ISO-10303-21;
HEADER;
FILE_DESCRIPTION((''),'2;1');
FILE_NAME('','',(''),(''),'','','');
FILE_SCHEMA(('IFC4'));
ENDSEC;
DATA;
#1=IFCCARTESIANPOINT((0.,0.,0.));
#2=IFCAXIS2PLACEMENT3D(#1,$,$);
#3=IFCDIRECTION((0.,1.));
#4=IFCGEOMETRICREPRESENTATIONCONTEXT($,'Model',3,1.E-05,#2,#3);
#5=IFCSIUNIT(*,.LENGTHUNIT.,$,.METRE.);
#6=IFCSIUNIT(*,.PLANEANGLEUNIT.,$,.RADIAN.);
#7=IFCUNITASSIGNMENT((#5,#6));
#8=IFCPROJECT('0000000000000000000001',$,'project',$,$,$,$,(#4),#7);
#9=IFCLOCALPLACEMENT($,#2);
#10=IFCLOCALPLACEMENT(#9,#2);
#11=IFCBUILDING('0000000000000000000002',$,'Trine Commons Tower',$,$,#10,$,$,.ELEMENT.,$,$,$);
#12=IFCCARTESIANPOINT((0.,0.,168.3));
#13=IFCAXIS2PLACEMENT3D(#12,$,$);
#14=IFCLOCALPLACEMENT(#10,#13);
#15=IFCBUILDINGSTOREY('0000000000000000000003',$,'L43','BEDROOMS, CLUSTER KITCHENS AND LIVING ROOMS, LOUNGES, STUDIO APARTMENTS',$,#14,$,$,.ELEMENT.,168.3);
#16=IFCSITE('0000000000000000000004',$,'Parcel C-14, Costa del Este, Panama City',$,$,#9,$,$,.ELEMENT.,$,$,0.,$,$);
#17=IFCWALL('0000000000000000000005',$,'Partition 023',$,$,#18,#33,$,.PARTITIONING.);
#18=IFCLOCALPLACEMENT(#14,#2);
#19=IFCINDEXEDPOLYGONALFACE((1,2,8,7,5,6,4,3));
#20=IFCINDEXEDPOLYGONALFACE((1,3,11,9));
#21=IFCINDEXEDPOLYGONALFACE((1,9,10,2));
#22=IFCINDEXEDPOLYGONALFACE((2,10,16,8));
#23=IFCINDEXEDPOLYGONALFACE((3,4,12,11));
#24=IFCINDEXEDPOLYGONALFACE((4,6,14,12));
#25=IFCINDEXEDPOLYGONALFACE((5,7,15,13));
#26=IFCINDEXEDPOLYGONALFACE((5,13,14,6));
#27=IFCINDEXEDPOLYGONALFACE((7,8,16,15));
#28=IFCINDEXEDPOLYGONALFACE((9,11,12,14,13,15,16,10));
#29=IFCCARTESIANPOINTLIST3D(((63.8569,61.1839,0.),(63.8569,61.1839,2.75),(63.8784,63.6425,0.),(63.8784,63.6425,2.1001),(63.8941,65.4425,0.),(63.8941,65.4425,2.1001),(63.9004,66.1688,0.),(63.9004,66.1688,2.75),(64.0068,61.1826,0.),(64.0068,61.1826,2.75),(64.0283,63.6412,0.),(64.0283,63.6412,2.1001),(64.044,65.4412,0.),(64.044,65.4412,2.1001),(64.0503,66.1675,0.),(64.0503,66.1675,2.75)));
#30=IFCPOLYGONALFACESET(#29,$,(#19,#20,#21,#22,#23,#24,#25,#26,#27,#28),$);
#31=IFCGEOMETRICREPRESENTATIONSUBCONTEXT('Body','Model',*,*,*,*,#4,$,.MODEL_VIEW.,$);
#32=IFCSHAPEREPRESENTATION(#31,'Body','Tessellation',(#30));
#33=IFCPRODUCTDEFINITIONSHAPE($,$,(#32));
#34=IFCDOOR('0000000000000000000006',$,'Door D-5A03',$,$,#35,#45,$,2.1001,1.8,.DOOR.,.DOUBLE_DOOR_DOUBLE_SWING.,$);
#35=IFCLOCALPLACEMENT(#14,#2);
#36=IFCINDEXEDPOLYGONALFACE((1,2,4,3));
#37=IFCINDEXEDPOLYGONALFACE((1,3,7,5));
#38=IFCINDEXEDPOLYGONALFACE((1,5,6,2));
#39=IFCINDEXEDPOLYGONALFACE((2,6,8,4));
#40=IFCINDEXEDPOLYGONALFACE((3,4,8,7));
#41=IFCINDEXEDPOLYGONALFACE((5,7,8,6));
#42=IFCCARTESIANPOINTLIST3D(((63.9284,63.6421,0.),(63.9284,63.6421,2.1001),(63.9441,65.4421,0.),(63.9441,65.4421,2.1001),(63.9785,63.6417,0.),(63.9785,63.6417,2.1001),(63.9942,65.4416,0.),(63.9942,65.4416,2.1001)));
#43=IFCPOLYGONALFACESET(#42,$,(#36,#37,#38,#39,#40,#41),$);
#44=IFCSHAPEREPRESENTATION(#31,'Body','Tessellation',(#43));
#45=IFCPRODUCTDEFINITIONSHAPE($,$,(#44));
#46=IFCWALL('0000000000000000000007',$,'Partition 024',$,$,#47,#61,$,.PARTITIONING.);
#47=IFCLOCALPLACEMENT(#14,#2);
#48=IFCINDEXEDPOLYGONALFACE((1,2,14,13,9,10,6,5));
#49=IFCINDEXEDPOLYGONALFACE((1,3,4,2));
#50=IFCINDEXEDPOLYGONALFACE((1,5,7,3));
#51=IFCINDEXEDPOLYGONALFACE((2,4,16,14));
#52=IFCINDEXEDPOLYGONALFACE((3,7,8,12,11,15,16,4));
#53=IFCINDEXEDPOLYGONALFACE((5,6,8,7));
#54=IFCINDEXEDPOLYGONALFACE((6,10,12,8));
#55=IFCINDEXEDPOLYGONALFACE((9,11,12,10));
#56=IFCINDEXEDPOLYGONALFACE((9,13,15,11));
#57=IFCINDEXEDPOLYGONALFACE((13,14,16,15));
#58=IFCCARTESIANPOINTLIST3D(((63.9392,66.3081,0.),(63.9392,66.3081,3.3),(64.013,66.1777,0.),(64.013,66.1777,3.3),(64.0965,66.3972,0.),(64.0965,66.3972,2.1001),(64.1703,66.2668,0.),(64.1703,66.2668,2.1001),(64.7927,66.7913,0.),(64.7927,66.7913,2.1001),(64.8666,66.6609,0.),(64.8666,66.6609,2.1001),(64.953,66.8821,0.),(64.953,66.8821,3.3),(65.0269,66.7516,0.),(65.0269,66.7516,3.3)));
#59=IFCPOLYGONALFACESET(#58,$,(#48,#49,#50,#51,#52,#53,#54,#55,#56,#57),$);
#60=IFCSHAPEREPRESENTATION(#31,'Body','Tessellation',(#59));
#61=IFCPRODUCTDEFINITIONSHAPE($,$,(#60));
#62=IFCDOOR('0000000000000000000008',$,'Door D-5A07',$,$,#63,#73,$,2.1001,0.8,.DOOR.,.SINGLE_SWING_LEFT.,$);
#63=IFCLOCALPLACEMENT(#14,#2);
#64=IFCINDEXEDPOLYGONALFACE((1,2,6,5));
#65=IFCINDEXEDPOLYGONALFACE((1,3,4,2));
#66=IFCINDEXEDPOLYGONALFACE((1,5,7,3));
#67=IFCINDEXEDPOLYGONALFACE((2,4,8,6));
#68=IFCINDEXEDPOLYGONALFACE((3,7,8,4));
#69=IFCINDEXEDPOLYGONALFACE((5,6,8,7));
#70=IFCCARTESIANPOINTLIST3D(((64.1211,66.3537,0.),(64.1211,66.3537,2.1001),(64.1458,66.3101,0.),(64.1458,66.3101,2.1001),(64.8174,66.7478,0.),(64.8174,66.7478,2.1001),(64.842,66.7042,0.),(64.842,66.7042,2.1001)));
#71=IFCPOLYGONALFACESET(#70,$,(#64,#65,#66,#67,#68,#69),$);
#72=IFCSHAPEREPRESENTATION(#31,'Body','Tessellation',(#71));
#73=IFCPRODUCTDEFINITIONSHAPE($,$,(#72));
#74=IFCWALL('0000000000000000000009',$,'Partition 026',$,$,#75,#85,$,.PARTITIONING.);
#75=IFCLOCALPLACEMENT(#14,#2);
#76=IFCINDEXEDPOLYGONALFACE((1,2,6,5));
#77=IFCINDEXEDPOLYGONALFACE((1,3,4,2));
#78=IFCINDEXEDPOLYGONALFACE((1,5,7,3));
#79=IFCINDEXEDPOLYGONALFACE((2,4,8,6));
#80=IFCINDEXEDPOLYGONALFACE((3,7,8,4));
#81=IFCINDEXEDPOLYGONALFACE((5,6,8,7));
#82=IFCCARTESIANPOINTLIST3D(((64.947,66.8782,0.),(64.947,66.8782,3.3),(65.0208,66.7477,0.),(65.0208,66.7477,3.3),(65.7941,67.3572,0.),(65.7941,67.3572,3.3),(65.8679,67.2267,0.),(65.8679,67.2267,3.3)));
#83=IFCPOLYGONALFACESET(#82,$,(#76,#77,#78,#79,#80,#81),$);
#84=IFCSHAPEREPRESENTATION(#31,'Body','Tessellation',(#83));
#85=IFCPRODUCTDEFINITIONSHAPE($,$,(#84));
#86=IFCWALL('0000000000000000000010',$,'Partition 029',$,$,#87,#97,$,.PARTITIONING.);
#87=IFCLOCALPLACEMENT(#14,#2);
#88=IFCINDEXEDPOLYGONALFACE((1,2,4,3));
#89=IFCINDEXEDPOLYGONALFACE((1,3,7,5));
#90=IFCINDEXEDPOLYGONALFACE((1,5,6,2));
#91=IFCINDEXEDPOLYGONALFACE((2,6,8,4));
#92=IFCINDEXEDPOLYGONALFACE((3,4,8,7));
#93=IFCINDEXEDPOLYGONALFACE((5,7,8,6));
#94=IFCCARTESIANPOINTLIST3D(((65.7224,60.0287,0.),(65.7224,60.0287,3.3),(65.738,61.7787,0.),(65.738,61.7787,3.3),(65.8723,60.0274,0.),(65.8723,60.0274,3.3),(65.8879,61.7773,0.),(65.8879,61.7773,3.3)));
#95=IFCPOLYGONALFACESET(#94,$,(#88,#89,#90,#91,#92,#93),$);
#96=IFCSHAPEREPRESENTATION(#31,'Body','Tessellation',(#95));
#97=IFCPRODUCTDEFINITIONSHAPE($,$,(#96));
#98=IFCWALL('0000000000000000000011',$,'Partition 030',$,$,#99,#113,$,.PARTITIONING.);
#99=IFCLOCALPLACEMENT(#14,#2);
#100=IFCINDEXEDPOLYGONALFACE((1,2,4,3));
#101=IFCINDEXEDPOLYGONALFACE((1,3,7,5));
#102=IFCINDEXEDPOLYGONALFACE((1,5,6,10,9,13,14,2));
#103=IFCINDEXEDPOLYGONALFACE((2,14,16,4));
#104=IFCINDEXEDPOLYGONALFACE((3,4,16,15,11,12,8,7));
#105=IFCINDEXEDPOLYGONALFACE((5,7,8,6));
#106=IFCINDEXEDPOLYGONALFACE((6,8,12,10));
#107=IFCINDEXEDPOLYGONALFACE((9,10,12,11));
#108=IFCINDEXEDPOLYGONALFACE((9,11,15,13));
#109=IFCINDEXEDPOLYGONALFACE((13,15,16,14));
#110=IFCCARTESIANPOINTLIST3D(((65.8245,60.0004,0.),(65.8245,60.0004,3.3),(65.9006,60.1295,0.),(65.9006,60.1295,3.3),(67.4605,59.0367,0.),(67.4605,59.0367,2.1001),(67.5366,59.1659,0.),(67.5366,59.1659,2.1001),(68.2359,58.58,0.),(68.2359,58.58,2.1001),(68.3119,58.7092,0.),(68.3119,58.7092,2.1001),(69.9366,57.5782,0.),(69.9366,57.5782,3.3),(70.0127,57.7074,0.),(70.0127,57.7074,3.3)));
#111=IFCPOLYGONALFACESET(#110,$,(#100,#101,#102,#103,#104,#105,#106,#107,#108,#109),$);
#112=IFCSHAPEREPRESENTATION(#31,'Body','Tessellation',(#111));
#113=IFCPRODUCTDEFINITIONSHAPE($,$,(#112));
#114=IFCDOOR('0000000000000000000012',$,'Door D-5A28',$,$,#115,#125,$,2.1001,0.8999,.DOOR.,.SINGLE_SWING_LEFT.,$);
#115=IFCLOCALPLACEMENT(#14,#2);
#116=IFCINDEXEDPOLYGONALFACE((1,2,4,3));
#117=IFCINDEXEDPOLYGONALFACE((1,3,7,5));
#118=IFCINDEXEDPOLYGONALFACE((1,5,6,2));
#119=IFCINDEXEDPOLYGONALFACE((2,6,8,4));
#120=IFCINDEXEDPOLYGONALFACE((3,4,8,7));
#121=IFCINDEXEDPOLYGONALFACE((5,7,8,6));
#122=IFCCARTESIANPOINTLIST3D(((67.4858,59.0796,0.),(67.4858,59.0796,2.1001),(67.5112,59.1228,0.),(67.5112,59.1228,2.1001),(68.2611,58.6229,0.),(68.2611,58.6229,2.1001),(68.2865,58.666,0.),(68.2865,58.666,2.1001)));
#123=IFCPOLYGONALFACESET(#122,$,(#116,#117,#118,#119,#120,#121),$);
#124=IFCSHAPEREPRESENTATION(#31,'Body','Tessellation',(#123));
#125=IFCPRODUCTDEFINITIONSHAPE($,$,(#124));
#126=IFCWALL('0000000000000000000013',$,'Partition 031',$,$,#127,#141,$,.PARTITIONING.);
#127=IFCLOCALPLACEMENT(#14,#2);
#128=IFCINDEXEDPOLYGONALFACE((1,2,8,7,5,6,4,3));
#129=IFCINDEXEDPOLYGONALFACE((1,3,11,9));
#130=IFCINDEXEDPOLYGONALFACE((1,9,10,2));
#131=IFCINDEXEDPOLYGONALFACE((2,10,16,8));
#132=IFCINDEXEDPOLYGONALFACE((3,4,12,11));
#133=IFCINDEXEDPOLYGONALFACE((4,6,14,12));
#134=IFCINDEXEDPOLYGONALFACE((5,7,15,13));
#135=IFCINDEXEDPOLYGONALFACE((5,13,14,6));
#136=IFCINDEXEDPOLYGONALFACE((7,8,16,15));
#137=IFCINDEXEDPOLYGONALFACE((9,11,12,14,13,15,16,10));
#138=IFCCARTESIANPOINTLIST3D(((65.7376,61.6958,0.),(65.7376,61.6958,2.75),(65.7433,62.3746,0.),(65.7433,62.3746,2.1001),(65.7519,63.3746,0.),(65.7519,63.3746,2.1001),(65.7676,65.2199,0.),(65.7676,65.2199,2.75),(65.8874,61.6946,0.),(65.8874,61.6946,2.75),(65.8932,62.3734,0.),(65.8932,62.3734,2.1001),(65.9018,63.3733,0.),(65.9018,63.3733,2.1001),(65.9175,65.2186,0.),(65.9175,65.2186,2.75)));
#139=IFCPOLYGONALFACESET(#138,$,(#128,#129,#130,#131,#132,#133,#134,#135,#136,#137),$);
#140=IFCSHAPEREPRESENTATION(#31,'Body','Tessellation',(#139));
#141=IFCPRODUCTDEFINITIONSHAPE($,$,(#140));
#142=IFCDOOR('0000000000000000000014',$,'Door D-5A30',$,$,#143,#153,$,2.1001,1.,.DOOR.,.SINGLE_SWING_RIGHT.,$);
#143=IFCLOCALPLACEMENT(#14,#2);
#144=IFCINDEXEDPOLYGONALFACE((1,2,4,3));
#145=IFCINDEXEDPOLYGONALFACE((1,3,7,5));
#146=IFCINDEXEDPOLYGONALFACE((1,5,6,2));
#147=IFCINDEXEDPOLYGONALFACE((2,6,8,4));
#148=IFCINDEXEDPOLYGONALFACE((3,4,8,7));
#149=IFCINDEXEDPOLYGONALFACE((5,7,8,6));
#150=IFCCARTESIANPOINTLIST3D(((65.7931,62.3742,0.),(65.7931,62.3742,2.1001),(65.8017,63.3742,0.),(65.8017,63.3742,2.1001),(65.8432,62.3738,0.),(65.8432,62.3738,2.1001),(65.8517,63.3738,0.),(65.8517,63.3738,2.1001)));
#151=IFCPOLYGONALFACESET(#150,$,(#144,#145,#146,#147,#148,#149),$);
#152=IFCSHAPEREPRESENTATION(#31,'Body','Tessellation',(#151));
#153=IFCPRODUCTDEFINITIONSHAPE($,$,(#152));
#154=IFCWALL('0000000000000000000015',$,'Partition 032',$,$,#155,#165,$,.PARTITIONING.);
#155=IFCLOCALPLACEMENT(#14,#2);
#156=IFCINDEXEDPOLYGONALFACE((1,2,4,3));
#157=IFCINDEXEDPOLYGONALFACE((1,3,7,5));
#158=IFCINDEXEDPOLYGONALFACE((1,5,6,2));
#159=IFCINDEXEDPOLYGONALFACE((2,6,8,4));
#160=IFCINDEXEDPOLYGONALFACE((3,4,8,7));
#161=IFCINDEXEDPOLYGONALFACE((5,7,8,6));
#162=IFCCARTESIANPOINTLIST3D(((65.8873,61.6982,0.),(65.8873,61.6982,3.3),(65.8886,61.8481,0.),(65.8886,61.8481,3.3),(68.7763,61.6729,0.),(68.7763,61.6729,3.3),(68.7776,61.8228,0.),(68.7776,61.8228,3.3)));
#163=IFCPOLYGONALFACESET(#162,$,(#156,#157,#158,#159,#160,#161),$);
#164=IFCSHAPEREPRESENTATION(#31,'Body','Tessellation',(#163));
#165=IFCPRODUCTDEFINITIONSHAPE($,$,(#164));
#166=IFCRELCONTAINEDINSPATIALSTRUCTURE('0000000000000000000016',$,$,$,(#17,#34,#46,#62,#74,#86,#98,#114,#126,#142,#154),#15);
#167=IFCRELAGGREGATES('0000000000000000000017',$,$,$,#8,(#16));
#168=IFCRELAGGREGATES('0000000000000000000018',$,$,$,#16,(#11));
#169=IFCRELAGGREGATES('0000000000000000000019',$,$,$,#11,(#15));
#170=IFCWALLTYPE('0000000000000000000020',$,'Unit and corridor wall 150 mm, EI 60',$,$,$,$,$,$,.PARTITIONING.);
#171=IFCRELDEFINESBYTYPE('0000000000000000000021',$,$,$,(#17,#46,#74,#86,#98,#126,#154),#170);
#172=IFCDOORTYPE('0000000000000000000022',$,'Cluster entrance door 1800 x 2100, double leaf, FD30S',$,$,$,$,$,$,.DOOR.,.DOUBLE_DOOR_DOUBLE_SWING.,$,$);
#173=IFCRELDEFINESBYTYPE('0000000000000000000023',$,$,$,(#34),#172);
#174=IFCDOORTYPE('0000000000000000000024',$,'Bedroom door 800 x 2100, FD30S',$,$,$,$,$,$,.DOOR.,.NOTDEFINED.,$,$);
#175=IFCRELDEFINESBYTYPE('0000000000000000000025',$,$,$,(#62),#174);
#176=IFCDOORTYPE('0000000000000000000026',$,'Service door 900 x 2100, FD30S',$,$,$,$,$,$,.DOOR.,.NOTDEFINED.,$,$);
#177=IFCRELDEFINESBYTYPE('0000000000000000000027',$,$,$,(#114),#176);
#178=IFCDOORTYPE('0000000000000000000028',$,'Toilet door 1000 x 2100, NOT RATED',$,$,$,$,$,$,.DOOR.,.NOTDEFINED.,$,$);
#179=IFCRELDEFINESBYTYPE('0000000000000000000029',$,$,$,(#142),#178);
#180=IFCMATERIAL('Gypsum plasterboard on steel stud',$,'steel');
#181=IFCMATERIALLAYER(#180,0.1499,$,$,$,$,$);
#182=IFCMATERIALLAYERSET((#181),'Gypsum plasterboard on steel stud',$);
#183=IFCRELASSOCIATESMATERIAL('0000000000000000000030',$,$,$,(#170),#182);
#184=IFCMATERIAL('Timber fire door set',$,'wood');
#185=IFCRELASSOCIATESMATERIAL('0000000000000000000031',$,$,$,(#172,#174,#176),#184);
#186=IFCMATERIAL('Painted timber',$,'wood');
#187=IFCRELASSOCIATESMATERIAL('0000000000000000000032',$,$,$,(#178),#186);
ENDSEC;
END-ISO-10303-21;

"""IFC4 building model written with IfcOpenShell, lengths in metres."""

from ifc_helpers import new_model, si_unit, direction, frame, frame_2d, origin, place, context, subcontext, project, spatial, rectangle, extrude, material, layer, layer_set, type_object, element, fill, save


model = new_model("IFC4")

# Units and contexts
model_context = context("Model", 3, precision=1e-05, world=origin(), true_north=direction((0.0, 1.0)))
body_context = subcontext(model_context, "Body", "Model", "MODEL_VIEW")
ifc_project = project(units=[si_unit("LENGTHUNIT", "METRE"), si_unit("PLANEANGLEUNIT", "RADIAN")], contexts=[model_context])

# Site, building, storey
site_placement = place(None, origin())
site = spatial("IfcSite", under=ifc_project, at=site_placement, Name="Parcel C-14, Costa del Este, Panama City", CompositionType="ELEMENT", RefElevation=0.0)
building_placement = place(site_placement, origin())
building = spatial("IfcBuilding", under=site, at=building_placement, Name="Trine Commons Tower", CompositionType="ELEMENT")
storey_placement = place(building_placement, frame((0.0, 0.0, 168.3)))
storey = spatial("IfcBuildingStorey", under=building, at=storey_placement, Name="L43", Description="BEDROOMS, CLUSTER KITCHENS AND LIVING ROOMS, LOUNGES, STUDIO APARTMENTS", CompositionType="ELEMENT", Elevation=168.3)

# Shared definitions
ifc_material_1 = material(Name="Gypsum plasterboard on steel stud", Category="steel")
ifc_layer_1 = layer(ifc_material_1, 0.1499)
ifc_layer_set_1 = layer_set([ifc_layer_1], Name="Gypsum plasterboard on steel stud")
wall_type_1 = type_object("IfcWallType", Name="Unit and corridor wall 150 mm, EI 60", PredefinedType="PARTITIONING", material=ifc_layer_set_1)

# Walls, openings, doors
wall_1_placement = place(storey_placement, frame((63.9319, 61.1831, 0.0), z_axis=(0.0, 0.0, 1.0), x_axis=(0.008717, 0.999962, 0.0)))
wall_1 = element("IfcWall", 1, at=wall_1_placement, inside=storey, type_object=wall_type_1, Name="Partition 023", PredefinedType="PARTITIONING", context=body_context, shape_type="SweptSolid", body=[
    extrude(rectangle(XDim=4.9851, YDim=0.1499, at=frame_2d((2.4927, 0.0))), origin(), (0.0, 0.0, 1.0), 2.75),
])
opening_1_placement = place(wall_1_placement, frame((2.459, 0.0, 0.0)))
opening_1 = element("IfcOpeningElement", 2, at=opening_1_placement, cuts=wall_1, PredefinedType="OPENING", context=body_context, shape_type="SweptSolid", body=[
    extrude(rectangle(XDim=1.8, YDim=2.1001, at=frame_2d((0.8999, 1.05))), frame((0.0, 0.085, 0.0), z_axis=(0.0, -1.0, 0.0), x_axis=(1.0, 0.0, 0.0)), (0.0, 0.0, 1.0), 0.1699),
])
ifc_material_2 = material(Name="Timber fire door set", Category="wood")
door_type_1 = type_object("IfcDoorType", Name="Cluster entrance door 1800 x 2100, double leaf, FD30S", OperationType="DOUBLE_DOOR_DOUBLE_SWING", PredefinedType="DOOR", material=ifc_material_2)
door_1_placement = place(opening_1_placement, origin())
door_1 = element("IfcDoor", 3, at=door_1_placement, inside=storey, type_object=door_type_1, Name="Door D-5A03", OperationType="DOUBLE_DOOR_DOUBLE_SWING", OverallHeight=2.1001, OverallWidth=1.8, PredefinedType="DOOR", context=body_context, shape_type="SweptSolid", body=[
    extrude(rectangle(XDim=1.8, YDim=2.1001, at=frame_2d((0.8999, 1.05))), frame((0.0, 0.0249, 0.0), z_axis=(0.0, -1.0, 0.0), x_axis=(1.0, 0.0, 0.0)), (0.0, 0.0, 1.0), 0.05),
])
fill(opening_1, door_1)
wall_2_placement = place(storey_placement, frame((63.9761, 66.2429, 0.0), z_axis=(0.0, 0.0, 1.0), x_axis=(0.870235, 0.492637, 0.0)))
wall_2 = element("IfcWall", 4, at=wall_2_placement, inside=storey, type_object=wall_type_1, Name="Partition 024", PredefinedType="PARTITIONING", context=body_context, shape_type="SweptSolid", body=[
    extrude(rectangle(XDim=1.165, YDim=0.1499, at=frame_2d((0.5825, 0.0))), origin(), (0.0, 0.0, 1.0), 3.3),
])
opening_2_placement = place(wall_2_placement, frame((0.1809, 0.0, 0.0)))
opening_2 = element("IfcOpeningElement", 5, at=opening_2_placement, cuts=wall_2, PredefinedType="OPENING", context=body_context, shape_type="SweptSolid", body=[
    extrude(rectangle(XDim=0.8, YDim=2.1001, at=frame_2d((0.3999, 1.05))), frame((0.0, 0.085, 0.0), z_axis=(0.0, -1.0, 0.0), x_axis=(1.0, 0.0, 0.0)), (0.0, 0.0, 1.0), 0.1699),
])
door_type_2 = type_object("IfcDoorType", Name="Bedroom door 800 x 2100, FD30S", OperationType="NOTDEFINED", PredefinedType="DOOR", material=ifc_material_2)
door_2_placement = place(opening_2_placement, origin())
door_2 = element("IfcDoor", 6, at=door_2_placement, inside=storey, type_object=door_type_2, Name="Door D-5A07", OperationType="SINGLE_SWING_LEFT", OverallHeight=2.1001, OverallWidth=0.8, PredefinedType="DOOR", context=body_context, shape_type="SweptSolid", body=[
    extrude(rectangle(XDim=0.8, YDim=2.1001, at=frame_2d((0.3999, 1.05))), frame((0.0, 0.0249, 0.0), z_axis=(0.0, -1.0, 0.0), x_axis=(1.0, 0.0, 0.0)), (0.0, 0.0, 1.0), 0.05),
])
fill(opening_2, door_2)

# Walls
wall_3_placement = place(storey_placement, frame((64.9839, 66.813, 0.0), z_axis=(0.0, 0.0, 1.0), x_axis=(0.870488, 0.49219, 0.0)))
element("IfcWall", 7, at=wall_3_placement, inside=storey, type_object=wall_type_1, Name="Partition 026", PredefinedType="PARTITIONING", context=body_context, shape_type="SweptSolid", body=[
    extrude(rectangle(XDim=0.9731, YDim=0.1499, at=frame_2d((0.4866, 0.0))), origin(), (0.0, 0.0, 1.0), 3.3),
])
wall_4_placement = place(storey_placement, frame((65.7974, 60.0281, 0.0), z_axis=(0.0, 0.0, 1.0), x_axis=(0.008928, 0.99996, 0.0)))
element("IfcWall", 8, at=wall_4_placement, inside=storey, type_object=wall_type_1, Name="Partition 029", PredefinedType="PARTITIONING", context=body_context, shape_type="SweptSolid", body=[
    extrude(rectangle(XDim=1.75, YDim=0.1499, at=frame_2d((0.875, 0.0))), origin(), (0.0, 0.0, 1.0), 3.3),
])

# Walls, openings, doors
wall_5_placement = place(storey_placement, frame((65.8625, 60.0649, 0.0), z_axis=(0.0, 0.0, 1.0), x_axis=(0.861636, -0.507528, 0.0)))
wall_5 = element("IfcWall", 9, at=wall_5_placement, inside=storey, type_object=wall_type_1, Name="Partition 030", PredefinedType="PARTITIONING", context=body_context, shape_type="SweptSolid", body=[
    extrude(rectangle(XDim=4.7725, YDim=0.1499, at=frame_2d((2.3862, 0.0))), origin(), (0.0, 0.0, 1.0), 3.3),
])
opening_3_placement = place(wall_5_placement, frame((1.8987, 0.0, 0.0)))
opening_3 = element("IfcOpeningElement", 10, at=opening_3_placement, cuts=wall_5, PredefinedType="OPENING", context=body_context, shape_type="SweptSolid", body=[
    extrude(rectangle(XDim=0.8999, YDim=2.1001, at=frame_2d((0.45, 1.05))), frame((0.0, 0.085, 0.0), z_axis=(0.0, -1.0, 0.0), x_axis=(1.0, 0.0, 0.0)), (0.0, 0.0, 1.0), 0.1699),
])
door_type_3 = type_object("IfcDoorType", Name="Service door 900 x 2100, FD30S", OperationType="NOTDEFINED", PredefinedType="DOOR", material=ifc_material_2)
door_3_placement = place(opening_3_placement, origin())
door_3 = element("IfcDoor", 11, at=door_3_placement, inside=storey, type_object=door_type_3, Name="Door D-5A28", OperationType="SINGLE_SWING_LEFT", OverallHeight=2.1001, OverallWidth=0.8999, PredefinedType="DOOR", context=body_context, shape_type="SweptSolid", body=[
    extrude(rectangle(XDim=0.8999, YDim=2.1001, at=frame_2d((0.45, 1.05))), frame((0.0, 0.0249, 0.0), z_axis=(0.0, -1.0, 0.0), x_axis=(1.0, 0.0, 0.0)), (0.0, 0.0, 1.0), 0.05),
])
fill(opening_3, door_3)
wall_6_placement = place(storey_placement, frame((65.8125, 61.6951, 0.0), z_axis=(0.0, 0.0, 1.0), x_axis=(0.008521, 0.999964, 0.0)))
wall_6 = element("IfcWall", 12, at=wall_6_placement, inside=storey, type_object=wall_type_1, Name="Partition 031", PredefinedType="PARTITIONING", context=body_context, shape_type="SweptSolid", body=[
    extrude(rectangle(XDim=3.5242, YDim=0.1499, at=frame_2d((1.7622, 0.0))), origin(), (0.0, 0.0, 1.0), 2.75),
])
opening_4_placement = place(wall_6_placement, frame((0.679, 0.0, 0.0)))
opening_4 = element("IfcOpeningElement", 13, at=opening_4_placement, cuts=wall_6, PredefinedType="OPENING", context=body_context, shape_type="SweptSolid", body=[
    extrude(rectangle(XDim=1.0, YDim=2.1001, at=frame_2d((0.5, 1.05))), frame((0.0, 0.085, 0.0), z_axis=(0.0, -1.0, 0.0), x_axis=(1.0, 0.0, 0.0)), (0.0, 0.0, 1.0), 0.1699),
])
ifc_material_3 = material(Name="Painted timber", Category="wood")
door_type_4 = type_object("IfcDoorType", Name="Toilet door 1000 x 2100, NOT RATED", OperationType="NOTDEFINED", PredefinedType="DOOR", material=ifc_material_3)
door_4_placement = place(opening_4_placement, frame((1.0, 0.0, 0.0), z_axis=(0.0, 0.0, 1.0), x_axis=(-1.0, 0.0, 0.0)))
door_4 = element("IfcDoor", 14, at=door_4_placement, inside=storey, type_object=door_type_4, Name="Door D-5A30", OperationType="SINGLE_SWING_RIGHT", OverallHeight=2.1001, OverallWidth=1.0, PredefinedType="DOOR", context=body_context, shape_type="SweptSolid", body=[
    extrude(rectangle(XDim=1.0, YDim=2.1001, at=frame_2d((0.5, 1.05))), frame((0.0, 0.0249, 0.0), z_axis=(0.0, -1.0, 0.0), x_axis=(1.0, 0.0, 0.0)), (0.0, 0.0, 1.0), 0.05),
])
fill(opening_4, door_4)

# Wall
wall_7_placement = place(storey_placement, frame((65.8879, 61.7732, 0.0), z_axis=(0.0, 0.0, 1.0), x_axis=(0.999961, -0.008788, 0.0)))
element("IfcWall", 15, at=wall_7_placement, inside=storey, type_object=wall_type_1, Name="Partition 032", PredefinedType="PARTITIONING", context=body_context, shape_type="SweptSolid", body=[
    extrude(rectangle(XDim=2.8892, YDim=0.1499, at=frame_2d((1.4446, 0.0))), origin(), (0.0, 0.0, 1.0), 3.3),
])

save(model, "model.ifc")
